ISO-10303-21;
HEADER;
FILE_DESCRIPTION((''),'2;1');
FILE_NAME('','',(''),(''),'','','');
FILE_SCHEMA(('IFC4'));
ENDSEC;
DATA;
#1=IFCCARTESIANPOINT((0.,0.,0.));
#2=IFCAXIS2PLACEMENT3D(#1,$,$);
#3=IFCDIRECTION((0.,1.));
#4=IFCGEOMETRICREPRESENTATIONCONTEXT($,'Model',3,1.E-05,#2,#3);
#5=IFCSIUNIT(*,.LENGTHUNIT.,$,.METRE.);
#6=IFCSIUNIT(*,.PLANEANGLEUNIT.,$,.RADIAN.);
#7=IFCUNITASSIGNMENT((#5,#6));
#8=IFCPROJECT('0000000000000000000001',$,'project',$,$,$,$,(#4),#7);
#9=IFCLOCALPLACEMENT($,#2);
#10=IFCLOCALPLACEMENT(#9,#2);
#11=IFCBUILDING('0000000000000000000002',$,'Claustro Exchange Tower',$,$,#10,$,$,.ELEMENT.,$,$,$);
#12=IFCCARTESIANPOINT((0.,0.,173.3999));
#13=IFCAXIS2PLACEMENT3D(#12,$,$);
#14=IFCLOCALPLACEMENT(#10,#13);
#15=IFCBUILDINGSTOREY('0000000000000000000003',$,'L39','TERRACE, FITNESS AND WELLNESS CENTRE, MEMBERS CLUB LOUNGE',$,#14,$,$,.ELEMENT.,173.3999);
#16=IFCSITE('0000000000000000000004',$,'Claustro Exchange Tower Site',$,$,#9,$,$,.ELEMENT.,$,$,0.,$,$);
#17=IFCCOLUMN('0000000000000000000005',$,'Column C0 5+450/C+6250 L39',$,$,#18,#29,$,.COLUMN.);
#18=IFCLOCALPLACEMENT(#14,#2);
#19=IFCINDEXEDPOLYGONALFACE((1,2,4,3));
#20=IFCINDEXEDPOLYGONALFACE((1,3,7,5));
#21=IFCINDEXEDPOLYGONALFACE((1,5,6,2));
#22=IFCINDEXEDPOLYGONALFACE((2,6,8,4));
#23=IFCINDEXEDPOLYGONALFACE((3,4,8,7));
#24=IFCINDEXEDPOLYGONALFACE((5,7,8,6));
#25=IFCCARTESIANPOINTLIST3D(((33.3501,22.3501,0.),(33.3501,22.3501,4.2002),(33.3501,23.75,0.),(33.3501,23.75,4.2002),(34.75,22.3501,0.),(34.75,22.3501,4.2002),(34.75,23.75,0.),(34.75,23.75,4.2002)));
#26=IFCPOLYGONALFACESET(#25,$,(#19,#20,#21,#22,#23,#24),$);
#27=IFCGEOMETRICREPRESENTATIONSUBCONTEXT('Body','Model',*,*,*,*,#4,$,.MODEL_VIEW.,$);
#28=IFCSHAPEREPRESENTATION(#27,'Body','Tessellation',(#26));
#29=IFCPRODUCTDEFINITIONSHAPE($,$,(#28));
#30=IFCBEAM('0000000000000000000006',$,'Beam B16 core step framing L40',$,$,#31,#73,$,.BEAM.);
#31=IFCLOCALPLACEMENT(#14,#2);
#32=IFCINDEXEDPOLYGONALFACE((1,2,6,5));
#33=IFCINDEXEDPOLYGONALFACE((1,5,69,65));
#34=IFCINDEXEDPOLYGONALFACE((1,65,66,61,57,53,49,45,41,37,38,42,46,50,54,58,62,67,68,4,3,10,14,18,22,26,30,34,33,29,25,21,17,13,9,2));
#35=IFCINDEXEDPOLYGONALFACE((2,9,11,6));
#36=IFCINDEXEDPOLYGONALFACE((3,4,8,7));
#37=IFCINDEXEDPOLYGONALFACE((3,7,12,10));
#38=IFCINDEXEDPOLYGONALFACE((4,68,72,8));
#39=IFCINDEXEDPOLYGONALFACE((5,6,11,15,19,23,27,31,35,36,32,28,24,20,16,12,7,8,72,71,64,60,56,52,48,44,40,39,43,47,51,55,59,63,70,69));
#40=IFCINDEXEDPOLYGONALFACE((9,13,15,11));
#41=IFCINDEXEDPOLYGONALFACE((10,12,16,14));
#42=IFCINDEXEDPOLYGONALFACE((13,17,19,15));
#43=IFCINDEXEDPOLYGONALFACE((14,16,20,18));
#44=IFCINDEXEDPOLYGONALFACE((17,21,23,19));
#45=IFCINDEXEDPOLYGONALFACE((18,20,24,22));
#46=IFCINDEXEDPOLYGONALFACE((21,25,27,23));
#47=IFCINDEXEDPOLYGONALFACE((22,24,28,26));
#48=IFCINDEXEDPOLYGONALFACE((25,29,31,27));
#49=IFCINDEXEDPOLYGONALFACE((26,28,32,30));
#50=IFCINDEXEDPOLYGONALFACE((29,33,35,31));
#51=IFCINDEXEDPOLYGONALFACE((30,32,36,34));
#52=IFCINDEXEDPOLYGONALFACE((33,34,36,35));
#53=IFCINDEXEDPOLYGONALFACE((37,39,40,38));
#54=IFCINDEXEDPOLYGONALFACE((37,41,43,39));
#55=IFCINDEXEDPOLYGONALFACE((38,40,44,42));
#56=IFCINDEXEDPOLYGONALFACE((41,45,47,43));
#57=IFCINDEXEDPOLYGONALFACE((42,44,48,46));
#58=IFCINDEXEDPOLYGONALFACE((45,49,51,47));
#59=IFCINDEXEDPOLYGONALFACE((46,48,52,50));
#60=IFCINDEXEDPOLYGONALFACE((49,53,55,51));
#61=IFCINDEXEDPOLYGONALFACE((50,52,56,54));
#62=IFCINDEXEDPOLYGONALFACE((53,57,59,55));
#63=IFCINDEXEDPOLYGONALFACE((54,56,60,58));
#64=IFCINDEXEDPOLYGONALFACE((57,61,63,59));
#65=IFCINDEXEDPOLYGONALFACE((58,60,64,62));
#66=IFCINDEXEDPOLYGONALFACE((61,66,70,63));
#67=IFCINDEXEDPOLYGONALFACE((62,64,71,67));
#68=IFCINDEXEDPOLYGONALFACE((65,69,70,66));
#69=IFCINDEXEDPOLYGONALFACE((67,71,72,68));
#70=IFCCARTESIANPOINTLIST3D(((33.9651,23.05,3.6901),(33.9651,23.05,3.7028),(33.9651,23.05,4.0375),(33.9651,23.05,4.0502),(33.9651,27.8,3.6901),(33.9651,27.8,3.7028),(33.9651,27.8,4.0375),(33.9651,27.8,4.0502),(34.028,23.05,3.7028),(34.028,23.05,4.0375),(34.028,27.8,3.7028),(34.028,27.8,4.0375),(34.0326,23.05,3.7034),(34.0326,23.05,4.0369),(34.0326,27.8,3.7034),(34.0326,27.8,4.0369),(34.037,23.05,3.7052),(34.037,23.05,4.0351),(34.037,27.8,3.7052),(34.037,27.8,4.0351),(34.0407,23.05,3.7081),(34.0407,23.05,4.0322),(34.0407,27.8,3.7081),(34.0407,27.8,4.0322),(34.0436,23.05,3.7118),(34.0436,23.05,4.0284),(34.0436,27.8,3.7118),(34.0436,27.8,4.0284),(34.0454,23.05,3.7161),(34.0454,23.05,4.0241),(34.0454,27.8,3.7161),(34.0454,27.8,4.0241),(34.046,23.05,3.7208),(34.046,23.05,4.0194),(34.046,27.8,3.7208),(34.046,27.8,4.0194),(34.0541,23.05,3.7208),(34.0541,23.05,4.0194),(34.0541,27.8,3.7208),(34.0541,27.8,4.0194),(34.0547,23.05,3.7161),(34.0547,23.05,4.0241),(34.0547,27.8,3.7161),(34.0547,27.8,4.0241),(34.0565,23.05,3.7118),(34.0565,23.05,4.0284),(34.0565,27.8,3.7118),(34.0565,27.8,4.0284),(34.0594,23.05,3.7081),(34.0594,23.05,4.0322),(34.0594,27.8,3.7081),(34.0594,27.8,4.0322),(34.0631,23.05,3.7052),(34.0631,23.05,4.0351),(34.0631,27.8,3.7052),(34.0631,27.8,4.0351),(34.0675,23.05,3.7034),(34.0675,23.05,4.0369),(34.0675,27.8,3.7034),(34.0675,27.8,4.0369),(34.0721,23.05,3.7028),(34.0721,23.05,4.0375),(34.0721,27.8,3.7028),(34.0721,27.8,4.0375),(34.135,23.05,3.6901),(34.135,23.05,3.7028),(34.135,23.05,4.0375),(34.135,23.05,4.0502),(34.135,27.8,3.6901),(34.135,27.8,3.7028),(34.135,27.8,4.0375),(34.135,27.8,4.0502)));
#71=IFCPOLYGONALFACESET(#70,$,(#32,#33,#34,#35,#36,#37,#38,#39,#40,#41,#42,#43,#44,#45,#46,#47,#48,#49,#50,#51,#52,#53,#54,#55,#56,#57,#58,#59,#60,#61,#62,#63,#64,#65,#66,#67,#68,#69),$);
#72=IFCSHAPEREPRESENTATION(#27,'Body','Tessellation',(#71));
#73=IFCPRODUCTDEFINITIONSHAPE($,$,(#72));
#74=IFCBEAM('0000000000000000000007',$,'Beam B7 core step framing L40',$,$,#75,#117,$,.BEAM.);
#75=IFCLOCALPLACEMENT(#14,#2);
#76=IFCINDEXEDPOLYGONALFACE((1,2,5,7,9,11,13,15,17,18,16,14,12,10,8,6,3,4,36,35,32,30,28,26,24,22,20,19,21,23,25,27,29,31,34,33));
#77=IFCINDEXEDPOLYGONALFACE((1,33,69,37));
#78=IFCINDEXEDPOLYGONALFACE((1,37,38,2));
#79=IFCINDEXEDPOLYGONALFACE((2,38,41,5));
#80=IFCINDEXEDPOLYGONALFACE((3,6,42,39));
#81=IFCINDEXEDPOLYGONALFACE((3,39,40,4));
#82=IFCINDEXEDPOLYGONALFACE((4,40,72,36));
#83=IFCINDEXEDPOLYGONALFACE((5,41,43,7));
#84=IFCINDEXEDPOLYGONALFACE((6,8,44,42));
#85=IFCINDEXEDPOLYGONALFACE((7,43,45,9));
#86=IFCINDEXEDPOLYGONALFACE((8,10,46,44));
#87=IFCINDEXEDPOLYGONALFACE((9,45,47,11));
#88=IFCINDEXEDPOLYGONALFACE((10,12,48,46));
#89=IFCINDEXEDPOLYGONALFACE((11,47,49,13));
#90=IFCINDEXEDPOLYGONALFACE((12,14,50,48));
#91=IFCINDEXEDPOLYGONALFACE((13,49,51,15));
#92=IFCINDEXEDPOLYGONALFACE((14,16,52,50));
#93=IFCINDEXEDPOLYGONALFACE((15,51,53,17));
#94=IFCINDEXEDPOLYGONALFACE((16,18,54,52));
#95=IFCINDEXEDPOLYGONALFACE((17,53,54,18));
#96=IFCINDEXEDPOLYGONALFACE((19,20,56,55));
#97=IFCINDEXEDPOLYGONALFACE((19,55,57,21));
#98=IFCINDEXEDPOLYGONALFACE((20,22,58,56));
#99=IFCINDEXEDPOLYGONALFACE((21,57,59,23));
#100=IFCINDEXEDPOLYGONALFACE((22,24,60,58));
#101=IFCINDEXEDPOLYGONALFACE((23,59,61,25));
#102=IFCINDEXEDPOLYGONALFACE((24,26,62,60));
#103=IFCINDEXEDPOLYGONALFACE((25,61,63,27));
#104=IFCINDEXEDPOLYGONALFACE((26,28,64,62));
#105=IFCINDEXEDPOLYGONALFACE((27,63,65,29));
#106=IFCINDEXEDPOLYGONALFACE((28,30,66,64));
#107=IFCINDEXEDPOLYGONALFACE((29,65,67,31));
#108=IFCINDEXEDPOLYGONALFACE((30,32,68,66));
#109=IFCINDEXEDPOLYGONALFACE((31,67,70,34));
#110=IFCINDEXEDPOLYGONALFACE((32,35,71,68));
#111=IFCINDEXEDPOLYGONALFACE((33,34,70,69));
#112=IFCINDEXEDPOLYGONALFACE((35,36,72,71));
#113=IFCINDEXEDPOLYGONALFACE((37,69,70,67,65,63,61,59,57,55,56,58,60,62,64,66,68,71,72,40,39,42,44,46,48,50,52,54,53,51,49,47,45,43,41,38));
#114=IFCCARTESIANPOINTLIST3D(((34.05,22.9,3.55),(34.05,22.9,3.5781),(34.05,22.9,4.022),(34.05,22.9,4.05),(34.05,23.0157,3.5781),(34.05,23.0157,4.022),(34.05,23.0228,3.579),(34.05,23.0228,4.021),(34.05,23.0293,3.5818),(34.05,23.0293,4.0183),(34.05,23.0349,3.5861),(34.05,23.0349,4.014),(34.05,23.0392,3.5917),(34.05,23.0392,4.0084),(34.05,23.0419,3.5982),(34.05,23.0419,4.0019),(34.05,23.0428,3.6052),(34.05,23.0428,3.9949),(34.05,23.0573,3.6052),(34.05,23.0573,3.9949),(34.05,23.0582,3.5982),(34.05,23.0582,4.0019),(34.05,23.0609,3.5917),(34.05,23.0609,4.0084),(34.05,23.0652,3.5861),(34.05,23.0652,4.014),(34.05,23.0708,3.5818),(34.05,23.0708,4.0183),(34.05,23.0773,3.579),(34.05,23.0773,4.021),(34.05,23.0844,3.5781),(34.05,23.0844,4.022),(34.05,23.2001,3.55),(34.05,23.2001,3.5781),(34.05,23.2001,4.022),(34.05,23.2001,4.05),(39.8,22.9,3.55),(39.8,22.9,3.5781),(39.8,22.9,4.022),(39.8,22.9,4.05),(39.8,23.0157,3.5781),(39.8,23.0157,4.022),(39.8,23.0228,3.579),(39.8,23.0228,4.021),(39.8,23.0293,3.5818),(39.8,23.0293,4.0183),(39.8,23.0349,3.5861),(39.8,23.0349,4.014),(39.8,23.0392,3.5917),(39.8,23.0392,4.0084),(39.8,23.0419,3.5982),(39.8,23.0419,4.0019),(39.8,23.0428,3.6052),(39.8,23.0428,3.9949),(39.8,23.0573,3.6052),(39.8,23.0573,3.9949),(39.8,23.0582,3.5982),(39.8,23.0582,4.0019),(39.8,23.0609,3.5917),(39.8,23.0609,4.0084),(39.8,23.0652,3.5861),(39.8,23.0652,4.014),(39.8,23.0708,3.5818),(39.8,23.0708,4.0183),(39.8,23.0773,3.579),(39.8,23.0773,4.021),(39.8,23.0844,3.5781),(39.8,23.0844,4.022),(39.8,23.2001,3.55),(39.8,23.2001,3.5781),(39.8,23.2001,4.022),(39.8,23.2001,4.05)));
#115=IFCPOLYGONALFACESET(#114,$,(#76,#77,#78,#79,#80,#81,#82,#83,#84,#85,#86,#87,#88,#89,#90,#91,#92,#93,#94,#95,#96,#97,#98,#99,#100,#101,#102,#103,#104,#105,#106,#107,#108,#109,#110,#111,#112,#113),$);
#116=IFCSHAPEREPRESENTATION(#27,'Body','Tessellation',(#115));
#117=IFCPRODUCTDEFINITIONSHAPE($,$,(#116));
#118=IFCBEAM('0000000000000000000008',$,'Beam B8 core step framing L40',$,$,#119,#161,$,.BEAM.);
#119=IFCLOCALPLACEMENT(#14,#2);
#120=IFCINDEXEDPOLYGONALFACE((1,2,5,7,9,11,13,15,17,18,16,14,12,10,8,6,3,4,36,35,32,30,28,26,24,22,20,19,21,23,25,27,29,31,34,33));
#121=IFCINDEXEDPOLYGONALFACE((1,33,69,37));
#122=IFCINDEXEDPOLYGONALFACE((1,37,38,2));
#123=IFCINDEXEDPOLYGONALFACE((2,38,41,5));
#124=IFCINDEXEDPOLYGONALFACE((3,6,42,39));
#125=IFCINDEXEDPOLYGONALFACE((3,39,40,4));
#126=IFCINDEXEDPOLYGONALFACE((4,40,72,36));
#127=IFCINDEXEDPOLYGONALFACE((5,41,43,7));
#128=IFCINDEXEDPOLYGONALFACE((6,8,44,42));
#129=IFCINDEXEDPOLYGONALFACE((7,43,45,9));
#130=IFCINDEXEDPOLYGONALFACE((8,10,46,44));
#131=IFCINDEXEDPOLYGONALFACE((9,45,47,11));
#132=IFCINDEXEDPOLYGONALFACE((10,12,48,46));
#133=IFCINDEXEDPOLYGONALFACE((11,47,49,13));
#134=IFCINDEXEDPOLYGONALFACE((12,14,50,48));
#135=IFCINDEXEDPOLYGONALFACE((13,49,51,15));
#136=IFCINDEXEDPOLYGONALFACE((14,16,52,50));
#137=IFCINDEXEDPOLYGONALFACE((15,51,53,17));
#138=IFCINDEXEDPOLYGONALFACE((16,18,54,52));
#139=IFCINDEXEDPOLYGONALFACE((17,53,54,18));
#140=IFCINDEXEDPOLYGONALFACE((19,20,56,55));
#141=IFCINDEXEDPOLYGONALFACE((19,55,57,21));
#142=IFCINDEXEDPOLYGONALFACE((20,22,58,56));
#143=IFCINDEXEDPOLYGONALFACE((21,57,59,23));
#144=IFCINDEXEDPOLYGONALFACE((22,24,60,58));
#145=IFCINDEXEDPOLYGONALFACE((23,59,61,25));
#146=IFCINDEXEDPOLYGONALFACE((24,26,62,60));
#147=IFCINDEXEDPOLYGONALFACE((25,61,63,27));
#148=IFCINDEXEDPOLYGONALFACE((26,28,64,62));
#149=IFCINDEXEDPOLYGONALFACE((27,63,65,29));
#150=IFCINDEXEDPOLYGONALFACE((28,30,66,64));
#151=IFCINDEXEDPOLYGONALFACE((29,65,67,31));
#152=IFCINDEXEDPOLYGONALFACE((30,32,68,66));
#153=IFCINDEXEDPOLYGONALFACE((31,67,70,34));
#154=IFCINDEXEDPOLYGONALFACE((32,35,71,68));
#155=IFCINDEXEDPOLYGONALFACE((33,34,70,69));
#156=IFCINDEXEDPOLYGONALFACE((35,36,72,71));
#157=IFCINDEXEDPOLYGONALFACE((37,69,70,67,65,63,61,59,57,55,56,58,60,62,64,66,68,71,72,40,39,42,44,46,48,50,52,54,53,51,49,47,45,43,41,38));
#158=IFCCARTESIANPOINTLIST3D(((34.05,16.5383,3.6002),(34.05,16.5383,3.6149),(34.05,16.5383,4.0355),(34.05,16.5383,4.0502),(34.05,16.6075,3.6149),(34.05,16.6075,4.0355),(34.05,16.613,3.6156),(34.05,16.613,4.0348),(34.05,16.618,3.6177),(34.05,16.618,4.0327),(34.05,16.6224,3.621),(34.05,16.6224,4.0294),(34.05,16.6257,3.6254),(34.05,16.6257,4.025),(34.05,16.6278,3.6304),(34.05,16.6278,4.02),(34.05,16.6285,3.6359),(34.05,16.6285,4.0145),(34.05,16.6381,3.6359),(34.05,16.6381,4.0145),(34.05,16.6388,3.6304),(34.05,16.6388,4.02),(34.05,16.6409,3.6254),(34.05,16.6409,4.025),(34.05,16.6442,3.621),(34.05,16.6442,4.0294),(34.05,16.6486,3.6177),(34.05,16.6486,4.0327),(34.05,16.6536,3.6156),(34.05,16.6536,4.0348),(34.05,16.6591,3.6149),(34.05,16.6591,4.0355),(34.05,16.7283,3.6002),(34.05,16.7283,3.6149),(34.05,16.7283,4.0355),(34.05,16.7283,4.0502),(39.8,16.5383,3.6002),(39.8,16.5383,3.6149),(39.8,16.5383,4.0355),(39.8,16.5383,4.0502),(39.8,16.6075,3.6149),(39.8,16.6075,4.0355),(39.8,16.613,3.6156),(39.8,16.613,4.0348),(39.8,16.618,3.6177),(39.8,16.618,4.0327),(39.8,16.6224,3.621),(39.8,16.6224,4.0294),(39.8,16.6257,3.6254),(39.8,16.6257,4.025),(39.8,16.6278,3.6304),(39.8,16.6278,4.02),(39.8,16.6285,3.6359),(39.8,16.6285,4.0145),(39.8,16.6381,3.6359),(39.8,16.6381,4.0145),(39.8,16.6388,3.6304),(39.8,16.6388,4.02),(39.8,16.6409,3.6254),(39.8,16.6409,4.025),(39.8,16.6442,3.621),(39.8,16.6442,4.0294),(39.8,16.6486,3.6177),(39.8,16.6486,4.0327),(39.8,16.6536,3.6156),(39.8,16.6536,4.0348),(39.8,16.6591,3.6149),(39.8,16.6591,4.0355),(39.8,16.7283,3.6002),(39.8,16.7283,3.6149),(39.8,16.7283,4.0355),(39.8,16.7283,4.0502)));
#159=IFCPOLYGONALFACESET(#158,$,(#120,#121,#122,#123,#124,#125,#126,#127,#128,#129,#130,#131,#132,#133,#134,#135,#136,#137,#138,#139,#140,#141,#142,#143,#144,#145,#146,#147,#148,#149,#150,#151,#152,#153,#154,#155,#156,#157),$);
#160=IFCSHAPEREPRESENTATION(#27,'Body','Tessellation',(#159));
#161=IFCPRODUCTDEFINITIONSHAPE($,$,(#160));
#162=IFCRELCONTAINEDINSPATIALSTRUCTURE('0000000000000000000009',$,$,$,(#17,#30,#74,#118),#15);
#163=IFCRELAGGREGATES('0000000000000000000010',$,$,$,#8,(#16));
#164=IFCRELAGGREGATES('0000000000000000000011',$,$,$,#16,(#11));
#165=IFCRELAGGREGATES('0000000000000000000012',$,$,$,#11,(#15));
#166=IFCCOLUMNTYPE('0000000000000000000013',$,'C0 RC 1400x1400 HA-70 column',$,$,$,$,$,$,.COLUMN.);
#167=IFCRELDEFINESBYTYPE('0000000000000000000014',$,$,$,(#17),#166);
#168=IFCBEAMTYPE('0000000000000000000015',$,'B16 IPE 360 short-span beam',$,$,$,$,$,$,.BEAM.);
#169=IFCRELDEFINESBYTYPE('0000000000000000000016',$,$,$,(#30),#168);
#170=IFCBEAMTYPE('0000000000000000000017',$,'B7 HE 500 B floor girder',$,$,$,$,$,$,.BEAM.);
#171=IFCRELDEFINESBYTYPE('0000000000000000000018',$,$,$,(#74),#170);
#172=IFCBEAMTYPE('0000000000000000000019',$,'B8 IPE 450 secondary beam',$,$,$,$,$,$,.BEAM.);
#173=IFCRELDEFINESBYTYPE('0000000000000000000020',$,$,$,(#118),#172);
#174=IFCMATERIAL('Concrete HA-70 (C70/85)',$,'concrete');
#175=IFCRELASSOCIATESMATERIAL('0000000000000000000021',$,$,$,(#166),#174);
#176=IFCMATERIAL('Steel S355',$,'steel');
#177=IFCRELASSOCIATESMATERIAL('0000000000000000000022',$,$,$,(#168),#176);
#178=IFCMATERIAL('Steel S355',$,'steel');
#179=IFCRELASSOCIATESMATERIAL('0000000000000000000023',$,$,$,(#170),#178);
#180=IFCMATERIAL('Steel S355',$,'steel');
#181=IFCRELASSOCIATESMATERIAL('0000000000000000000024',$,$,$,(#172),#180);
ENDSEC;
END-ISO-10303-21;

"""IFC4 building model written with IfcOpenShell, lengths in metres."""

from ifc_helpers import new_model, si_unit, direction, frame, origin, origin_2d, place, context, subcontext, project, spatial, rectangle, i_section, extrude, material, material_profile, profile_set, type_object, element, save


model = new_model("IFC4")

# Units and contexts
model_context = context("Model", 3, precision=1e-05, world=origin(), true_north=direction((0.0, 1.0)))
body_context = subcontext(model_context, "Body", "Model", "MODEL_VIEW")
ifc_project = project(units=[si_unit("LENGTHUNIT", "METRE"), si_unit("PLANEANGLEUNIT", "RADIAN")], contexts=[model_context])

# Site, building, storey
site_placement = place(None, origin())
site = spatial("IfcSite", under=ifc_project, at=site_placement, Name="Claustro Exchange Tower Site", CompositionType="ELEMENT", RefElevation=0.0)
building_placement = place(site_placement, origin())
building = spatial("IfcBuilding", under=site, at=building_placement, Name="Claustro Exchange Tower", CompositionType="ELEMENT")
storey_placement = place(building_placement, frame((0.0, 0.0, 173.3999)))
storey = spatial("IfcBuildingStorey", under=building, at=storey_placement, Name="L39", Description="TERRACE, FITNESS AND WELLNESS CENTRE, MEMBERS CLUB LOUNGE", CompositionType="ELEMENT", Elevation=173.3999)

# Column
ifc_material_1 = material(Name="Concrete HA-70 (C70/85)", Category="concrete")
ifc_material_profile_1 = material_profile(ifc_material_1, rectangle(XDim=1.3999, YDim=1.3999, at=origin_2d()), Name="RC 1400x1400")
ifc_profile_set_1 = profile_set([ifc_material_profile_1], Name="Concrete HA-70 (C70/85)")
column_type = type_object("IfcColumnType", Name="C0 RC 1400x1400 HA-70 column", PredefinedType="COLUMN", material=ifc_profile_set_1)
column_placement = place(storey_placement, frame((34.05, 23.05, 0.0), z_axis=(0.0, 0.0, 1.0), x_axis=(1.0, 0.0, 0.0)))
element("IfcColumn", 1, at=column_placement, inside=storey, type_object=column_type, Name="Column C0 5+450/C+6250 L39", PredefinedType="COLUMN", context=body_context, shape_type="SweptSolid", body=[
    extrude(rectangle(XDim=1.3999, YDim=1.3999, at=origin_2d()), origin(), (0.0, 0.0, 1.0), 4.2002),
])

# Beams
ifc_material_2 = material(Name="Steel S355", Category="steel")
ifc_material_profile_2 = material_profile(ifc_material_2, i_section(OverallWidth=0.1699, OverallDepth=0.3601, WebThickness=0.0081, FlangeThickness=0.0127, FilletRadius=0.0181, at=origin_2d()), Name="IPE 360")
ifc_profile_set_2 = profile_set([ifc_material_profile_2], Name="Steel S355")
beam_type_1 = type_object("IfcBeamType", Name="B16 IPE 360 short-span beam", PredefinedType="BEAM", material=ifc_profile_set_2)
beam_1_placement = place(storey_placement, frame((34.05, 23.05, 3.8701), z_axis=(0.0, 1.0, 0.0), x_axis=(-1.0, 0.0, 0.0)))
element("IfcBeam", 2, at=beam_1_placement, inside=storey, type_object=beam_type_1, Name="Beam B16 core step framing L40", PredefinedType="BEAM", context=body_context, shape_type="SweptSolid", body=[
    extrude(i_section(OverallWidth=0.1699, OverallDepth=0.3601, WebThickness=0.0081, FlangeThickness=0.0127, FilletRadius=0.0181, at=origin_2d()), origin(), (0.0, 0.0, 1.0), 4.75),
])
ifc_material_3 = material(Name="Steel S355", Category="steel")
ifc_material_profile_3 = material_profile(ifc_material_3, i_section(OverallWidth=0.3, OverallDepth=0.5, WebThickness=0.0144, FlangeThickness=0.0281, FilletRadius=0.0271, at=origin_2d()), Name="HE 500 B")
ifc_profile_set_3 = profile_set([ifc_material_profile_3], Name="Steel S355")
beam_type_2 = type_object("IfcBeamType", Name="B7 HE 500 B floor girder", PredefinedType="BEAM", material=ifc_profile_set_3)
beam_2_placement = place(storey_placement, frame((34.05, 23.05, 3.8), z_axis=(1.0, 0.0, 0.0), x_axis=(0.0, 1.0, 0.0)))
element("IfcBeam", 3, at=beam_2_placement, inside=storey, type_object=beam_type_2, Name="Beam B7 core step framing L40", PredefinedType="BEAM", context=body_context, shape_type="SweptSolid", body=[
    extrude(i_section(OverallWidth=0.3, OverallDepth=0.5, WebThickness=0.0144, FlangeThickness=0.0281, FilletRadius=0.0271, at=origin_2d()), origin(), (0.0, 0.0, 1.0), 5.75),
])
ifc_material_4 = material(Name="Steel S355", Category="steel")
ifc_material_profile_4 = material_profile(ifc_material_4, i_section(OverallWidth=0.1899, OverallDepth=0.45, WebThickness=0.0095, FlangeThickness=0.0146, FilletRadius=0.021, at=origin_2d()), Name="IPE 450")
ifc_profile_set_4 = profile_set([ifc_material_profile_4], Name="Steel S355")
beam_type_3 = type_object("IfcBeamType", Name="B8 IPE 450 secondary beam", PredefinedType="BEAM", material=ifc_profile_set_4)
for number, where, z_axis, x_axis, name in (
    (4, (34.05, 16.6333, 3.8252), (1.0, 0.0, 0.0), (0.0, 1.0, 0.0), "Beam B8 core step framing L40"),
):
    element("IfcBeam", number, at=place(storey_placement, frame(where, z_axis=z_axis, x_axis=x_axis)), inside=storey, type_object=beam_type_3, Name=name, PredefinedType="BEAM", context=body_context, shape_type="SweptSolid", body=[
        extrude(i_section(OverallWidth=0.1899, OverallDepth=0.45, WebThickness=0.0095, FlangeThickness=0.0146, FilletRadius=0.021, at=origin_2d()), origin(), (0.0, 0.0, 1.0), 5.75),
    ])

save(model, "model.ifc")
